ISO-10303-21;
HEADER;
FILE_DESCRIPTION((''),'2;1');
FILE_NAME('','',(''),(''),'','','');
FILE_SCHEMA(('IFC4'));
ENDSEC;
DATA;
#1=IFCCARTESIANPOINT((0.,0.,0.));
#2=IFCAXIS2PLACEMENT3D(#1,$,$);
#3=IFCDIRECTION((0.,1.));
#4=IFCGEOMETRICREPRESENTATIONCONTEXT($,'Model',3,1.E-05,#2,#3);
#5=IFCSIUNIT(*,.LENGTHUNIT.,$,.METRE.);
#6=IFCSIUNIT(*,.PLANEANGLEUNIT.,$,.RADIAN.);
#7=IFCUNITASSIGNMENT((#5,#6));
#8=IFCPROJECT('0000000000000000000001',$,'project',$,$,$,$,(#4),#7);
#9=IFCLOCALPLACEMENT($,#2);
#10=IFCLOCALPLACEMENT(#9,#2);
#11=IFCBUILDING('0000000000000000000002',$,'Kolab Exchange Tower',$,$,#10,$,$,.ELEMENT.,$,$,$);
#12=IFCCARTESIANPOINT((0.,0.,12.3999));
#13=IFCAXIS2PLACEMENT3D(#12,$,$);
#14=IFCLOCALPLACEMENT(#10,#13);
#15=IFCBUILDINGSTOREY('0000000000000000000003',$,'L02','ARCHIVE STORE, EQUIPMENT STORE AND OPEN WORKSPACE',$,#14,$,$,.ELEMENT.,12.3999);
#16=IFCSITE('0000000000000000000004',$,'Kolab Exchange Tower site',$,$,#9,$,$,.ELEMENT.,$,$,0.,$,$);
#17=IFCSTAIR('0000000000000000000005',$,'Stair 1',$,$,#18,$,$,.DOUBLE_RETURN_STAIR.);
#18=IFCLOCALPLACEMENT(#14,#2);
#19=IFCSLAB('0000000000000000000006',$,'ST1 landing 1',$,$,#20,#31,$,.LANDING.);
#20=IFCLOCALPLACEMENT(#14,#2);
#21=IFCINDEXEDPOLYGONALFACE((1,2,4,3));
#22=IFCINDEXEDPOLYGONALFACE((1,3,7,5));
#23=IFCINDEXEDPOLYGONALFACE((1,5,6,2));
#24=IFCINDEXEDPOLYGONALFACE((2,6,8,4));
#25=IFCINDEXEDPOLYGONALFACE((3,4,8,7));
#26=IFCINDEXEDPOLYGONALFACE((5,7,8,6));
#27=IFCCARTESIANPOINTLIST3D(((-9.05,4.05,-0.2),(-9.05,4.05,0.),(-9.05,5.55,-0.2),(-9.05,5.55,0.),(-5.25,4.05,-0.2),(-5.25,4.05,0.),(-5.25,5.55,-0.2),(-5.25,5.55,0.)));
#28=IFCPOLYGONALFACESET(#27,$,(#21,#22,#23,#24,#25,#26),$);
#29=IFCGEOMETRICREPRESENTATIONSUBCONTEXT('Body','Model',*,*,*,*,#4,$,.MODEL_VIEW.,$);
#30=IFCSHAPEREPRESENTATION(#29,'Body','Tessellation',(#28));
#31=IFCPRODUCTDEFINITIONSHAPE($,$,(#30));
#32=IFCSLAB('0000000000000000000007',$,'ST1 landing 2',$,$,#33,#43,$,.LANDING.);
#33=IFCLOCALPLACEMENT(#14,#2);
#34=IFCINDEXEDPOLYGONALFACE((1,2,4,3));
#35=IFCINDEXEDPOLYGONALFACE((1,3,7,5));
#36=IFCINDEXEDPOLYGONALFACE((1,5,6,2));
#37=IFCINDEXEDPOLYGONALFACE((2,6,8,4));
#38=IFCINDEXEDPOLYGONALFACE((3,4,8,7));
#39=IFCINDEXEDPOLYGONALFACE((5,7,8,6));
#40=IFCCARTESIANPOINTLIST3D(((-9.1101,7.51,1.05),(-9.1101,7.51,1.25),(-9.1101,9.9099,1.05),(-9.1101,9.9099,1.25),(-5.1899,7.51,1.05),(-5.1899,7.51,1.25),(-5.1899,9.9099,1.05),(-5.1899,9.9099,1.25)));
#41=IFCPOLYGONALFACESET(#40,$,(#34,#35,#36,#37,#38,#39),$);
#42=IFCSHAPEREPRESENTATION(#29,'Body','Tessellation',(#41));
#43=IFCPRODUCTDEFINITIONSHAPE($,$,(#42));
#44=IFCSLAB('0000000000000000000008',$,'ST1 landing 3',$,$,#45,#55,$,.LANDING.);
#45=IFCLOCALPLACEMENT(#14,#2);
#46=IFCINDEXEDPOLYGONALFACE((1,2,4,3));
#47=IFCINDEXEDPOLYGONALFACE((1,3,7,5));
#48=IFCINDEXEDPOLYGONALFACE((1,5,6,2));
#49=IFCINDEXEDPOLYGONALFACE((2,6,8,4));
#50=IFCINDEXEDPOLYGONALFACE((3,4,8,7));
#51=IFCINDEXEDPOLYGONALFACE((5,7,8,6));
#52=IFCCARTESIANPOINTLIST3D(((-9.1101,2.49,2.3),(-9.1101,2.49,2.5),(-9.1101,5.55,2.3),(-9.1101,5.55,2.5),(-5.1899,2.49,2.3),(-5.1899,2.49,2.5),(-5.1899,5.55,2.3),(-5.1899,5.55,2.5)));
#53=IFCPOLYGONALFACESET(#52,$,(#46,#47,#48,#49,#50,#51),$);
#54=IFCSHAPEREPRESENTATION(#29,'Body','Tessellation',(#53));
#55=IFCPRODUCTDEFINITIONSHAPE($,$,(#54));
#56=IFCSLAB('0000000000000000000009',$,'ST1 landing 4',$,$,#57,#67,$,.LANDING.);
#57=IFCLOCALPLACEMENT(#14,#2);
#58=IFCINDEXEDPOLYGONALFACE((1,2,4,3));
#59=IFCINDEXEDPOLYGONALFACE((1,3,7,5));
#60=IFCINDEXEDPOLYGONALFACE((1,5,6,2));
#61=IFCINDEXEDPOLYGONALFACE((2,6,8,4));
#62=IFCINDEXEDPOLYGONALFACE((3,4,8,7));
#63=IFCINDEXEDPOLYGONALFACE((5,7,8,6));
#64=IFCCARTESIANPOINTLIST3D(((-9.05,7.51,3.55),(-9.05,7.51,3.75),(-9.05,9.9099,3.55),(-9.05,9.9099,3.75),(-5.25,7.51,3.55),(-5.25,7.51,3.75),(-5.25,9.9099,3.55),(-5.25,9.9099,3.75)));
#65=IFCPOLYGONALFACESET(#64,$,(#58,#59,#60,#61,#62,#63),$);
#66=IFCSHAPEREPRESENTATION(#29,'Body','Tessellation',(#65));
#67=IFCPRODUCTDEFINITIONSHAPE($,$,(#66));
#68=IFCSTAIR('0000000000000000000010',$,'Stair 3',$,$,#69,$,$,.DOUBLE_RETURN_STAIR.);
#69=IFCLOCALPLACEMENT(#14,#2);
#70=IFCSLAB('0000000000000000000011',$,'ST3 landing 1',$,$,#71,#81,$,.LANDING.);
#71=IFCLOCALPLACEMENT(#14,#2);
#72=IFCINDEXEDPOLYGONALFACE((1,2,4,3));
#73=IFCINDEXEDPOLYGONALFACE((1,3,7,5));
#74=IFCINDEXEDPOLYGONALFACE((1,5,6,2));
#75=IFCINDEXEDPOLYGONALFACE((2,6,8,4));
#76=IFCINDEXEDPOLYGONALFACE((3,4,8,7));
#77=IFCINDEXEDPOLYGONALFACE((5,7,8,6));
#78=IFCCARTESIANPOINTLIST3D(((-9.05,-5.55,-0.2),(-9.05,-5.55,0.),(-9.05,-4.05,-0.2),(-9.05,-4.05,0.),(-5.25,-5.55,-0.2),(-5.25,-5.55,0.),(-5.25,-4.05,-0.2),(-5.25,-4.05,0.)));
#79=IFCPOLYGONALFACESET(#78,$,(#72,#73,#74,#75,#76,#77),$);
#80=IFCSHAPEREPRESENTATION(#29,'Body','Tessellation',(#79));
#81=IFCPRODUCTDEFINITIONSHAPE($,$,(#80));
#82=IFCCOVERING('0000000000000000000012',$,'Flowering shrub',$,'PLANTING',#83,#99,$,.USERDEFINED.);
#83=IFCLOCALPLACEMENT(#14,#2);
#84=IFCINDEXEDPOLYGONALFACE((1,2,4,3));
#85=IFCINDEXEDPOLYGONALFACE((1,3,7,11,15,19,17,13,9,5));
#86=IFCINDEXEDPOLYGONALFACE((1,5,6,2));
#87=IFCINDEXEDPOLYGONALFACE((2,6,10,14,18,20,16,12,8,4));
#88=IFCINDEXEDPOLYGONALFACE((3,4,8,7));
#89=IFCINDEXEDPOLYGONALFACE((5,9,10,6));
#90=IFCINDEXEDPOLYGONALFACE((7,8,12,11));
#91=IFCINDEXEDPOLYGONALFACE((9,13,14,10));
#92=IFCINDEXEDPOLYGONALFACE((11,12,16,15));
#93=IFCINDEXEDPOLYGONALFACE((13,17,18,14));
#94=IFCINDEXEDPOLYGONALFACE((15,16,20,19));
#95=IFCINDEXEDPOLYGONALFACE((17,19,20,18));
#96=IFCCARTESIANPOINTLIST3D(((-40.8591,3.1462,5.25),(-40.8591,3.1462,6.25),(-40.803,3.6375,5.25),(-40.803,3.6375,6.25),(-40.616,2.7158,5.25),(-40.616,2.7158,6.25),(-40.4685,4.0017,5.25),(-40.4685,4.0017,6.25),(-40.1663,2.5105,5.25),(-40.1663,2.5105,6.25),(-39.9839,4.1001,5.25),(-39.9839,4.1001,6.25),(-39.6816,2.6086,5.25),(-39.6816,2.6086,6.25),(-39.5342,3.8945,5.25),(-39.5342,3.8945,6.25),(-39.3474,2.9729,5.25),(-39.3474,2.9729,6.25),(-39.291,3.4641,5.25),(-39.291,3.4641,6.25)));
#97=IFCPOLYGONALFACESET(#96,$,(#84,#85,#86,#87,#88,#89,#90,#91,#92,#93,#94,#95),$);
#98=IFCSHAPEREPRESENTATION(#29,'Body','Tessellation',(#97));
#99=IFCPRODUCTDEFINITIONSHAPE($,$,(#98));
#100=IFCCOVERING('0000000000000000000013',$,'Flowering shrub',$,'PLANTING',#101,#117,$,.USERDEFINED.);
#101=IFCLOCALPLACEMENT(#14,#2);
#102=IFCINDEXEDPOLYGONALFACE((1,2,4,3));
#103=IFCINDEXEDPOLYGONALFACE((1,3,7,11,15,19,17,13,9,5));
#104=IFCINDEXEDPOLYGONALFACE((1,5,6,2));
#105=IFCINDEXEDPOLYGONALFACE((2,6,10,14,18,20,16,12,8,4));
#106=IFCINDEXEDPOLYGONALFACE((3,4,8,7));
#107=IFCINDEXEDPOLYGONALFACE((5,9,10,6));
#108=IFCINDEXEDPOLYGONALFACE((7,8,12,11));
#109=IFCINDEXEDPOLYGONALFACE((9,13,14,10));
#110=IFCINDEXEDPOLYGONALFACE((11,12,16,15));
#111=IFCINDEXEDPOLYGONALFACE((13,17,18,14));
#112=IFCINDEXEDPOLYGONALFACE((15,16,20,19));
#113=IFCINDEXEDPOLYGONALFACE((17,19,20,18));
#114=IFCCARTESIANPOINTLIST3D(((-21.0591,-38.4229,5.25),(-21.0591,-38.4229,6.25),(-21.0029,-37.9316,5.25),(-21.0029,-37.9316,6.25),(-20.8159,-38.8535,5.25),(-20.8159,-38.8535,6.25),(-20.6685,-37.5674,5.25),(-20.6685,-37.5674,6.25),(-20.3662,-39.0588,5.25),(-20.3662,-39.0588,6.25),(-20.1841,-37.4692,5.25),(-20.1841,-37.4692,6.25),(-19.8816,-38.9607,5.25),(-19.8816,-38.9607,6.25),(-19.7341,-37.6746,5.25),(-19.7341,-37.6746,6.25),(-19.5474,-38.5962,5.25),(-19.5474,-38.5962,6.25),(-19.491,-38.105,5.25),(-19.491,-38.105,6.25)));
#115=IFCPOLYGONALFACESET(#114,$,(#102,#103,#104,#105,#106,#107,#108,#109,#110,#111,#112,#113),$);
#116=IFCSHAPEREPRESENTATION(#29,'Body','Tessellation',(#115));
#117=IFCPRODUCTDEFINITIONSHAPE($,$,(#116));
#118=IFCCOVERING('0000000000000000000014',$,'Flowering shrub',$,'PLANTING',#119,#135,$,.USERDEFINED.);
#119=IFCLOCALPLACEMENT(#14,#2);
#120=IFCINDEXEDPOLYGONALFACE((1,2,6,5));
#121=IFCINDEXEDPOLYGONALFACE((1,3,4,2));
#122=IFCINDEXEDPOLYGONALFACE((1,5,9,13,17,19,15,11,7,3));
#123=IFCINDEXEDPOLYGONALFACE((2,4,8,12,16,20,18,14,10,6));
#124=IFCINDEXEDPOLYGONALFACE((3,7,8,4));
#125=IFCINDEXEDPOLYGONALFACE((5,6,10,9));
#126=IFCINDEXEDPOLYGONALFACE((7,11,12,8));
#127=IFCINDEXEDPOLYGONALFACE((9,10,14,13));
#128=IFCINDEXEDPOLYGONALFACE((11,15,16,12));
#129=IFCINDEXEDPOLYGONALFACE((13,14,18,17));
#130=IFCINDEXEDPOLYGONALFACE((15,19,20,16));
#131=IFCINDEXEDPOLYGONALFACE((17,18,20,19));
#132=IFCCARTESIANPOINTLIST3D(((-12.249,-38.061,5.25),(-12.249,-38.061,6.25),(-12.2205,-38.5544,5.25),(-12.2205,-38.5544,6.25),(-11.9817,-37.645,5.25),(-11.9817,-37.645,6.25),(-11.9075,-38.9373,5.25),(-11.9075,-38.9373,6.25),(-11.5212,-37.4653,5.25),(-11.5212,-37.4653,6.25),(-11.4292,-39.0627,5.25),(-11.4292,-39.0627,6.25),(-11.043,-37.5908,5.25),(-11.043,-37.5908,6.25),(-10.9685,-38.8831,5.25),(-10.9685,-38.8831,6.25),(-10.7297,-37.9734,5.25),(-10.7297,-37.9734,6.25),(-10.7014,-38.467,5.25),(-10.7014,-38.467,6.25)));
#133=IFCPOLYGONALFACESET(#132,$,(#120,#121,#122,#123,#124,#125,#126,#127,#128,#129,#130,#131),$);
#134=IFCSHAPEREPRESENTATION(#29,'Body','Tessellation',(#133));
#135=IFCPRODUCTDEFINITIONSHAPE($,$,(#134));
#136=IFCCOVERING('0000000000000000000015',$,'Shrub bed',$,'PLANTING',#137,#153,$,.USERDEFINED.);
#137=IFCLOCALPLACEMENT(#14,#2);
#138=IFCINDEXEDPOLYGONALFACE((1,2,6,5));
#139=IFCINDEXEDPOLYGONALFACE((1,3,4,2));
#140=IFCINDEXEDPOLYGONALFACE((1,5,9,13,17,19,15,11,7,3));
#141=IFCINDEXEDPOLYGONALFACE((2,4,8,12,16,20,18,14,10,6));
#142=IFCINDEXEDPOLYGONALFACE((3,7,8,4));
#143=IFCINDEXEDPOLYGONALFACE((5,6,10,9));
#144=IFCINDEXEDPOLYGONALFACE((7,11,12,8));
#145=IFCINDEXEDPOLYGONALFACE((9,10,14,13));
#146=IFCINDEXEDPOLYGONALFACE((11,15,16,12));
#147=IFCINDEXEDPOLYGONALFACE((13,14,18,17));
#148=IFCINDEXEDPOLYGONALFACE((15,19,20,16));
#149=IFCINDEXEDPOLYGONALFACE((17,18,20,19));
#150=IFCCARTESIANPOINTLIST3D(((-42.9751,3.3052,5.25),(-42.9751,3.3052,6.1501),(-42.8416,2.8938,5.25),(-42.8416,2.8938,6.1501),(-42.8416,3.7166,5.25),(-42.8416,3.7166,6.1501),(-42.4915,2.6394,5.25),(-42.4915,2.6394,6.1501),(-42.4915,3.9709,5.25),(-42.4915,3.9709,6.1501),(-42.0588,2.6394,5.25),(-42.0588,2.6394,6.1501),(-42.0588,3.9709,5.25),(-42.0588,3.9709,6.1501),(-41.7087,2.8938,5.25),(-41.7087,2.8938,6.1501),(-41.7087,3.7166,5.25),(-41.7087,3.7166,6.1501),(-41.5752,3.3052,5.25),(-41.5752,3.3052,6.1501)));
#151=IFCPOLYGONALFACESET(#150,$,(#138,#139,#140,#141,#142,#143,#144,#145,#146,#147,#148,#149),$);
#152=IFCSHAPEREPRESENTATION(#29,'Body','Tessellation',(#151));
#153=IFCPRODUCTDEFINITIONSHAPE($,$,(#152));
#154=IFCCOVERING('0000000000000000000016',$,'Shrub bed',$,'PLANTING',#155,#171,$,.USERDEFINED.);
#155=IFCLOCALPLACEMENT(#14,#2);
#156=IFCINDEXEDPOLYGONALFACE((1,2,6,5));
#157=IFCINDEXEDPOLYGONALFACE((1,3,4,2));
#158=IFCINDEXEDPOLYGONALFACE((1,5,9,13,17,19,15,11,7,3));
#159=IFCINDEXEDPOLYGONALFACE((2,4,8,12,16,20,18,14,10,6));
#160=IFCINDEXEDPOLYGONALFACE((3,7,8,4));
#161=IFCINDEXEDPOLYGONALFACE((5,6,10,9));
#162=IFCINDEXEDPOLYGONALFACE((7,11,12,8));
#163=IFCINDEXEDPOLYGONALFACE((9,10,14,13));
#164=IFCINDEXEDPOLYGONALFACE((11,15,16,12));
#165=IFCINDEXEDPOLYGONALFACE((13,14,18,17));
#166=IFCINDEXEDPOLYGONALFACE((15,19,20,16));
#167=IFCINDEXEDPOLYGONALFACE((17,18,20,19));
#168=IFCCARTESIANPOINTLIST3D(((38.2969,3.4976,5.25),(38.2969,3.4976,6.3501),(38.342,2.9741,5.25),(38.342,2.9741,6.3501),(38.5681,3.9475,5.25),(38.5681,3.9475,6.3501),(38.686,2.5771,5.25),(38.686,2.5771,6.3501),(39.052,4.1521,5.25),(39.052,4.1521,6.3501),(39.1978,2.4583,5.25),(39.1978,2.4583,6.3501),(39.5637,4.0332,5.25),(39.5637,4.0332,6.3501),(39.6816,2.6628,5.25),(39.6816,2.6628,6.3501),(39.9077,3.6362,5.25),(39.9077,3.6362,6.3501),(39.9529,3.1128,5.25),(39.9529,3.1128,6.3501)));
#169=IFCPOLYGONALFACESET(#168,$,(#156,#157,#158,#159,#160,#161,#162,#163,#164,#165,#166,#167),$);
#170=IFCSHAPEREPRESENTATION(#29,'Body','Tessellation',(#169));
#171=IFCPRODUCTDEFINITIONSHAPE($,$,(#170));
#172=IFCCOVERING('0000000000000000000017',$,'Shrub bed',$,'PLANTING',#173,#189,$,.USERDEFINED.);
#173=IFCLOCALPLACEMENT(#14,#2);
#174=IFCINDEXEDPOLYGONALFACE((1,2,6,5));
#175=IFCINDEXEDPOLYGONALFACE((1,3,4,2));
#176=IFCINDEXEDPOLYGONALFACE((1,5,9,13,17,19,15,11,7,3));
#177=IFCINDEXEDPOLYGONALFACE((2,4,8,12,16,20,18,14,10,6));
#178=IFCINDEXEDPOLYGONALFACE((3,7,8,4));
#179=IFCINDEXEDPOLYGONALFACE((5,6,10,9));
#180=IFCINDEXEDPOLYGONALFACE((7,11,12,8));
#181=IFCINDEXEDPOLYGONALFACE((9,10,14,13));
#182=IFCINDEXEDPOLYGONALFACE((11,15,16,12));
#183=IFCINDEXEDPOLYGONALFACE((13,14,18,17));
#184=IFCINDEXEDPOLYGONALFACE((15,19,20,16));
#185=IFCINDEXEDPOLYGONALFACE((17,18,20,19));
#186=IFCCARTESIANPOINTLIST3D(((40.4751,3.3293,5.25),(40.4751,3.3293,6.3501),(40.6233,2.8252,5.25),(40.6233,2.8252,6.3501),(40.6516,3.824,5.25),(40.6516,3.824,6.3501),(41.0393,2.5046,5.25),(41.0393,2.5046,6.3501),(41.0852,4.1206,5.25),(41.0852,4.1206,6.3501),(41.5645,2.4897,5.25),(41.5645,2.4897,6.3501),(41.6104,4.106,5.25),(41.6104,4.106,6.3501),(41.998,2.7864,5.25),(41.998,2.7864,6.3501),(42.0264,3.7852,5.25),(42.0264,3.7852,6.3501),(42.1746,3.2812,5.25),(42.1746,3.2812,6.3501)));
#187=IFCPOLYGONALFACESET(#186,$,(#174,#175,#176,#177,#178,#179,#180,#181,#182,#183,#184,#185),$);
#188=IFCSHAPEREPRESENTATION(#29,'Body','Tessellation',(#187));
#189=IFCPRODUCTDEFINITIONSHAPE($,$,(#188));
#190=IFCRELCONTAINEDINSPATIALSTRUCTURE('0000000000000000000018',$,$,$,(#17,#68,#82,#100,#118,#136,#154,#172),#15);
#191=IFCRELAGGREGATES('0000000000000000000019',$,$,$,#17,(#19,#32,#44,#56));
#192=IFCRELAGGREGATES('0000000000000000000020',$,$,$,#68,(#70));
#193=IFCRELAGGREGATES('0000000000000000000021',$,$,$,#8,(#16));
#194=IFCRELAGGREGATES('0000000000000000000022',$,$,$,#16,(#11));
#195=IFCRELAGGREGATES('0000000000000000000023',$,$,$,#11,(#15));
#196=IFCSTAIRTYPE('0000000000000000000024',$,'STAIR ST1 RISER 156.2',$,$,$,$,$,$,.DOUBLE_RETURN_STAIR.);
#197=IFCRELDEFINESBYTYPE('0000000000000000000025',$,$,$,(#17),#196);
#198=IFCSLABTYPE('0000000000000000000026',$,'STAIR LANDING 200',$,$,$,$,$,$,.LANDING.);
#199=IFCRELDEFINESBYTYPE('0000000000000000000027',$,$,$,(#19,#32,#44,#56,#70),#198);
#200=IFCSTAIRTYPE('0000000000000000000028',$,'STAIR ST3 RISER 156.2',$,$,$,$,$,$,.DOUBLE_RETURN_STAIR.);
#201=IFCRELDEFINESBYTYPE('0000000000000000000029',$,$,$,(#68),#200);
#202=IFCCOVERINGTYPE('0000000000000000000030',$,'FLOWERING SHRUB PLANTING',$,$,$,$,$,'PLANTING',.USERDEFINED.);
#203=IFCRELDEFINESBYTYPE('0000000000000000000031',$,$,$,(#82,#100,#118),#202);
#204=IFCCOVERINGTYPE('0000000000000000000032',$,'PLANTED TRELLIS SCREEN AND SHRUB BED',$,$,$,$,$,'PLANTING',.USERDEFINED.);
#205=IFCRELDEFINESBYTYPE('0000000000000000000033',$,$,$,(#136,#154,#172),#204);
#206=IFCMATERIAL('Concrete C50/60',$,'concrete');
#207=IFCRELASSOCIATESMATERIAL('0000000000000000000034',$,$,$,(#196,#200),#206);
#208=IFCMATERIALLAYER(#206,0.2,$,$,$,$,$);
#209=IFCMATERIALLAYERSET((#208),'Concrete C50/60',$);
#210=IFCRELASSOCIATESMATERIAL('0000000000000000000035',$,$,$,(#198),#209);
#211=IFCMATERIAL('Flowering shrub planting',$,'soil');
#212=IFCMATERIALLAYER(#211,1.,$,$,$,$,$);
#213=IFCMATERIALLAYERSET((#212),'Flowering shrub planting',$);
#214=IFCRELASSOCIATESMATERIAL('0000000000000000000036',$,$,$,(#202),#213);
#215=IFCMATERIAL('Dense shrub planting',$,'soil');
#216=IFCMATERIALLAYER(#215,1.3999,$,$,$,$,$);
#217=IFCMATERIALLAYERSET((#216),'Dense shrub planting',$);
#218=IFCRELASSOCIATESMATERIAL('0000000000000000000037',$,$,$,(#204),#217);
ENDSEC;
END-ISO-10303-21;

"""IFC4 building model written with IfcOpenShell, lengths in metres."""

from ifc_helpers import new_model, si_unit, direction, frame, origin, place, context, subcontext, project, spatial, polyline, outline, extrude, material, layer, layer_set, type_object, element, aggregate, save


model = new_model("IFC4")

# Units and contexts
model_context = context("Model", 3, precision=1e-05, world=origin(), true_north=direction((0.0, 1.0)))
body_context = subcontext(model_context, "Body", "Model", "MODEL_VIEW")
ifc_project = project(units=[si_unit("LENGTHUNIT", "METRE"), si_unit("PLANEANGLEUNIT", "RADIAN")], contexts=[model_context])

# Site, building, storey
site_placement = place(None, origin())
site = spatial("IfcSite", under=ifc_project, at=site_placement, Name="Kolab Exchange Tower site", CompositionType="ELEMENT", RefElevation=0.0)
building_placement = place(site_placement, origin())
building = spatial("IfcBuilding", under=site, at=building_placement, Name="Kolab Exchange Tower", CompositionType="ELEMENT")
storey_placement = place(building_placement, frame((0.0, 0.0, 12.3999)))
storey = spatial("IfcBuildingStorey", under=building, at=storey_placement, Name="L02", Description="ARCHIVE STORE, EQUIPMENT STORE AND OPEN WORKSPACE", CompositionType="ELEMENT", Elevation=12.3999)

# Stair, slabs
ifc_material_1 = material(Name="Concrete C50/60", Category="concrete")
stair_type_1 = type_object("IfcStairType", Name="STAIR ST1 RISER 156.2", PredefinedType="DOUBLE_RETURN_STAIR", material=ifc_material_1)
stair_1_placement = place(storey_placement, origin())
stair_1 = element("IfcStair", 1, at=stair_1_placement, inside=storey, type_object=stair_type_1, Name="Stair 1", PredefinedType="DOUBLE_RETURN_STAIR")
ifc_layer_1 = layer(ifc_material_1, 0.2)
ifc_layer_set_1 = layer_set([ifc_layer_1], Name="Concrete C50/60")
slab_type = type_object("IfcSlabType", Name="STAIR LANDING 200", PredefinedType="LANDING", material=ifc_layer_set_1)
slab_1_placement = place(storey_placement, frame((0.0, 0.0, -0.2)))
slab_1 = element("IfcSlab", 2, at=slab_1_placement, type_object=slab_type, Name="ST1 landing 1", PredefinedType="LANDING", context=body_context, shape_type="SweptSolid", body=[
    extrude(outline(polyline([(-9.05, 4.05), (-5.25, 4.05), (-5.25, 5.55), (-9.05, 5.55), (-9.05, 4.05)])), origin(), (0.0, 0.0, 1.0), 0.2),
])
slab_2_placement = place(storey_placement, frame((0.0, 0.0, 1.05)))
slab_2 = element("IfcSlab", 3, at=slab_2_placement, type_object=slab_type, Name="ST1 landing 2", PredefinedType="LANDING", context=body_context, shape_type="SweptSolid", body=[
    extrude(outline(polyline([(-9.1101, 7.51), (-5.1899, 7.51), (-5.1899, 9.9099), (-9.1101, 9.9099), (-9.1101, 7.51)])), origin(), (0.0, 0.0, 1.0), 0.2),
])
slab_3_placement = place(storey_placement, frame((0.0, 0.0, 2.3)))
slab_3 = element("IfcSlab", 4, at=slab_3_placement, type_object=slab_type, Name="ST1 landing 3", PredefinedType="LANDING", context=body_context, shape_type="SweptSolid", body=[
    extrude(outline(polyline([(-9.1101, 2.49), (-5.1899, 2.49), (-5.1899, 5.55), (-9.1101, 5.55), (-9.1101, 2.49)])), origin(), (0.0, 0.0, 1.0), 0.2),
])
slab_4_placement = place(storey_placement, frame((0.0, 0.0, 3.55)))
slab_4 = element("IfcSlab", 5, at=slab_4_placement, type_object=slab_type, Name="ST1 landing 4", PredefinedType="LANDING", context=body_context, shape_type="SweptSolid", body=[
    extrude(outline(polyline([(-9.05, 7.51), (-5.25, 7.51), (-5.25, 9.9099), (-9.05, 9.9099), (-9.05, 7.51)])), origin(), (0.0, 0.0, 1.0), 0.2),
])
aggregate(stair_1, [slab_1, slab_2, slab_3, slab_4])

# Stair, slab
stair_type_2 = type_object("IfcStairType", Name="STAIR ST3 RISER 156.2", PredefinedType="DOUBLE_RETURN_STAIR", material=ifc_material_1)
stair_2_placement = place(storey_placement, origin())
stair_2 = element("IfcStair", 6, at=stair_2_placement, inside=storey, type_object=stair_type_2, Name="Stair 3", PredefinedType="DOUBLE_RETURN_STAIR")
slab_5_placement = place(storey_placement, frame((0.0, 0.0, -0.2)))
slab_5 = element("IfcSlab", 7, at=slab_5_placement, type_object=slab_type, Name="ST3 landing 1", PredefinedType="LANDING", context=body_context, shape_type="SweptSolid", body=[
    extrude(outline(polyline([(-9.05, -5.55), (-5.25, -5.55), (-5.25, -4.05), (-9.05, -4.05), (-9.05, -5.55)])), origin(), (0.0, 0.0, 1.0), 0.2),
])
aggregate(stair_2, [slab_5])

# Coverings
ifc_material_2 = material(Name="Flowering shrub planting", Category="soil")
ifc_layer_2 = layer(ifc_material_2, 1.0)
ifc_layer_set_2 = layer_set([ifc_layer_2], Name="Flowering shrub planting")
covering_type_1 = type_object("IfcCoveringType", Name="FLOWERING SHRUB PLANTING", ElementType="PLANTING", PredefinedType="USERDEFINED", material=ifc_layer_set_2)
covering_1_placement = place(storey_placement, frame((0.0, 0.0, 5.25)))
element("IfcCovering", 8, at=covering_1_placement, inside=storey, type_object=covering_type_1, Name="Flowering shrub", ObjectType="PLANTING", PredefinedType="USERDEFINED", context=body_context, shape_type="SweptSolid", body=[
    extrude(outline(polyline([(-39.291, 3.4641), (-39.5342, 3.8945), (-39.9839, 4.1001), (-40.4685, 4.0017), (-40.803, 3.6375), (-40.8591, 3.1462), (-40.616, 2.7158), (-40.1663, 2.5105), (-39.6816, 2.6086), (-39.3474, 2.9729), (-39.291, 3.4641)])), origin(), (0.0, 0.0, 1.0), 1.0),
])
covering_2_placement = place(storey_placement, frame((0.0, 0.0, 5.25)))
element("IfcCovering", 9, at=covering_2_placement, inside=storey, type_object=covering_type_1, Name="Flowering shrub", ObjectType="PLANTING", PredefinedType="USERDEFINED", context=body_context, shape_type="SweptSolid", body=[
    extrude(outline(polyline([(-19.491, -38.105), (-19.7341, -37.6746), (-20.1841, -37.4692), (-20.6685, -37.5674), (-21.0029, -37.9316), (-21.0591, -38.4229), (-20.8159, -38.8535), (-20.3662, -39.0588), (-19.8816, -38.9607), (-19.5474, -38.5962), (-19.491, -38.105)])), origin(), (0.0, 0.0, 1.0), 1.0),
])
covering_3_placement = place(storey_placement, frame((0.0, 0.0, 5.25)))
element("IfcCovering", 10, at=covering_3_placement, inside=storey, type_object=covering_type_1, Name="Flowering shrub", ObjectType="PLANTING", PredefinedType="USERDEFINED", context=body_context, shape_type="SweptSolid", body=[
    extrude(outline(polyline([(-11.043, -37.5908), (-11.5212, -37.4653), (-11.9817, -37.645), (-12.249, -38.061), (-12.2205, -38.5544), (-11.9075, -38.9373), (-11.4292, -39.0627), (-10.9685, -38.8831), (-10.7014, -38.467), (-10.7297, -37.9734), (-11.043, -37.5908)])), origin(), (0.0, 0.0, 1.0), 1.0),
])
ifc_material_3 = material(Name="Dense shrub planting", Category="soil")
ifc_layer_3 = layer(ifc_material_3, 1.3999)
ifc_layer_set_3 = layer_set([ifc_layer_3], Name="Dense shrub planting")
covering_type_2 = type_object("IfcCoveringType", Name="PLANTED TRELLIS SCREEN AND SHRUB BED", ElementType="PLANTING", PredefinedType="USERDEFINED", material=ifc_layer_set_3)
covering_4_placement = place(storey_placement, frame((0.0, 0.0, 5.25)))
element("IfcCovering", 11, at=covering_4_placement, inside=storey, type_object=covering_type_2, Name="Shrub bed", ObjectType="PLANTING", PredefinedType="USERDEFINED", context=body_context, shape_type="SweptSolid", body=[
    extrude(outline(polyline([(-41.5752, 3.3052), (-41.7087, 3.7166), (-42.0588, 3.9709), (-42.4915, 3.9709), (-42.8416, 3.7166), (-42.9751, 3.3052), (-42.8416, 2.8938), (-42.4915, 2.6394), (-42.0588, 2.6394), (-41.7087, 2.8938), (-41.5752, 3.3052)])), origin(), (0.0, 0.0, 1.0), 0.9001),
])
covering_5_placement = place(storey_placement, frame((0.0, 0.0, 5.25)))
element("IfcCovering", 12, at=covering_5_placement, inside=storey, type_object=covering_type_2, Name="Shrub bed", ObjectType="PLANTING", PredefinedType="USERDEFINED", context=body_context, shape_type="SweptSolid", body=[
    extrude(outline(polyline([(39.9077, 3.6362), (39.5637, 4.0332), (39.052, 4.1521), (38.5681, 3.9475), (38.2969, 3.4976), (38.342, 2.9741), (38.686, 2.5771), (39.1978, 2.4583), (39.6816, 2.6628), (39.9529, 3.1128), (39.9077, 3.6362)])), origin(), (0.0, 0.0, 1.0), 1.1001),
])
covering_6_placement = place(storey_placement, frame((0.0, 0.0, 5.25)))
element("IfcCovering", 13, at=covering_6_placement, inside=storey, type_object=covering_type_2, Name="Shrub bed", ObjectType="PLANTING", PredefinedType="USERDEFINED", context=body_context, shape_type="SweptSolid", body=[
    extrude(outline(polyline([(42.0264, 3.7852), (41.6104, 4.106), (41.0852, 4.1206), (40.6516, 3.824), (40.4751, 3.3293), (40.6233, 2.8252), (41.0393, 2.5046), (41.5645, 2.4897), (41.998, 2.7864), (42.1746, 3.2812), (42.0264, 3.7852)])), origin(), (0.0, 0.0, 1.0), 1.1001),
])

save(model, "model.ifc")
